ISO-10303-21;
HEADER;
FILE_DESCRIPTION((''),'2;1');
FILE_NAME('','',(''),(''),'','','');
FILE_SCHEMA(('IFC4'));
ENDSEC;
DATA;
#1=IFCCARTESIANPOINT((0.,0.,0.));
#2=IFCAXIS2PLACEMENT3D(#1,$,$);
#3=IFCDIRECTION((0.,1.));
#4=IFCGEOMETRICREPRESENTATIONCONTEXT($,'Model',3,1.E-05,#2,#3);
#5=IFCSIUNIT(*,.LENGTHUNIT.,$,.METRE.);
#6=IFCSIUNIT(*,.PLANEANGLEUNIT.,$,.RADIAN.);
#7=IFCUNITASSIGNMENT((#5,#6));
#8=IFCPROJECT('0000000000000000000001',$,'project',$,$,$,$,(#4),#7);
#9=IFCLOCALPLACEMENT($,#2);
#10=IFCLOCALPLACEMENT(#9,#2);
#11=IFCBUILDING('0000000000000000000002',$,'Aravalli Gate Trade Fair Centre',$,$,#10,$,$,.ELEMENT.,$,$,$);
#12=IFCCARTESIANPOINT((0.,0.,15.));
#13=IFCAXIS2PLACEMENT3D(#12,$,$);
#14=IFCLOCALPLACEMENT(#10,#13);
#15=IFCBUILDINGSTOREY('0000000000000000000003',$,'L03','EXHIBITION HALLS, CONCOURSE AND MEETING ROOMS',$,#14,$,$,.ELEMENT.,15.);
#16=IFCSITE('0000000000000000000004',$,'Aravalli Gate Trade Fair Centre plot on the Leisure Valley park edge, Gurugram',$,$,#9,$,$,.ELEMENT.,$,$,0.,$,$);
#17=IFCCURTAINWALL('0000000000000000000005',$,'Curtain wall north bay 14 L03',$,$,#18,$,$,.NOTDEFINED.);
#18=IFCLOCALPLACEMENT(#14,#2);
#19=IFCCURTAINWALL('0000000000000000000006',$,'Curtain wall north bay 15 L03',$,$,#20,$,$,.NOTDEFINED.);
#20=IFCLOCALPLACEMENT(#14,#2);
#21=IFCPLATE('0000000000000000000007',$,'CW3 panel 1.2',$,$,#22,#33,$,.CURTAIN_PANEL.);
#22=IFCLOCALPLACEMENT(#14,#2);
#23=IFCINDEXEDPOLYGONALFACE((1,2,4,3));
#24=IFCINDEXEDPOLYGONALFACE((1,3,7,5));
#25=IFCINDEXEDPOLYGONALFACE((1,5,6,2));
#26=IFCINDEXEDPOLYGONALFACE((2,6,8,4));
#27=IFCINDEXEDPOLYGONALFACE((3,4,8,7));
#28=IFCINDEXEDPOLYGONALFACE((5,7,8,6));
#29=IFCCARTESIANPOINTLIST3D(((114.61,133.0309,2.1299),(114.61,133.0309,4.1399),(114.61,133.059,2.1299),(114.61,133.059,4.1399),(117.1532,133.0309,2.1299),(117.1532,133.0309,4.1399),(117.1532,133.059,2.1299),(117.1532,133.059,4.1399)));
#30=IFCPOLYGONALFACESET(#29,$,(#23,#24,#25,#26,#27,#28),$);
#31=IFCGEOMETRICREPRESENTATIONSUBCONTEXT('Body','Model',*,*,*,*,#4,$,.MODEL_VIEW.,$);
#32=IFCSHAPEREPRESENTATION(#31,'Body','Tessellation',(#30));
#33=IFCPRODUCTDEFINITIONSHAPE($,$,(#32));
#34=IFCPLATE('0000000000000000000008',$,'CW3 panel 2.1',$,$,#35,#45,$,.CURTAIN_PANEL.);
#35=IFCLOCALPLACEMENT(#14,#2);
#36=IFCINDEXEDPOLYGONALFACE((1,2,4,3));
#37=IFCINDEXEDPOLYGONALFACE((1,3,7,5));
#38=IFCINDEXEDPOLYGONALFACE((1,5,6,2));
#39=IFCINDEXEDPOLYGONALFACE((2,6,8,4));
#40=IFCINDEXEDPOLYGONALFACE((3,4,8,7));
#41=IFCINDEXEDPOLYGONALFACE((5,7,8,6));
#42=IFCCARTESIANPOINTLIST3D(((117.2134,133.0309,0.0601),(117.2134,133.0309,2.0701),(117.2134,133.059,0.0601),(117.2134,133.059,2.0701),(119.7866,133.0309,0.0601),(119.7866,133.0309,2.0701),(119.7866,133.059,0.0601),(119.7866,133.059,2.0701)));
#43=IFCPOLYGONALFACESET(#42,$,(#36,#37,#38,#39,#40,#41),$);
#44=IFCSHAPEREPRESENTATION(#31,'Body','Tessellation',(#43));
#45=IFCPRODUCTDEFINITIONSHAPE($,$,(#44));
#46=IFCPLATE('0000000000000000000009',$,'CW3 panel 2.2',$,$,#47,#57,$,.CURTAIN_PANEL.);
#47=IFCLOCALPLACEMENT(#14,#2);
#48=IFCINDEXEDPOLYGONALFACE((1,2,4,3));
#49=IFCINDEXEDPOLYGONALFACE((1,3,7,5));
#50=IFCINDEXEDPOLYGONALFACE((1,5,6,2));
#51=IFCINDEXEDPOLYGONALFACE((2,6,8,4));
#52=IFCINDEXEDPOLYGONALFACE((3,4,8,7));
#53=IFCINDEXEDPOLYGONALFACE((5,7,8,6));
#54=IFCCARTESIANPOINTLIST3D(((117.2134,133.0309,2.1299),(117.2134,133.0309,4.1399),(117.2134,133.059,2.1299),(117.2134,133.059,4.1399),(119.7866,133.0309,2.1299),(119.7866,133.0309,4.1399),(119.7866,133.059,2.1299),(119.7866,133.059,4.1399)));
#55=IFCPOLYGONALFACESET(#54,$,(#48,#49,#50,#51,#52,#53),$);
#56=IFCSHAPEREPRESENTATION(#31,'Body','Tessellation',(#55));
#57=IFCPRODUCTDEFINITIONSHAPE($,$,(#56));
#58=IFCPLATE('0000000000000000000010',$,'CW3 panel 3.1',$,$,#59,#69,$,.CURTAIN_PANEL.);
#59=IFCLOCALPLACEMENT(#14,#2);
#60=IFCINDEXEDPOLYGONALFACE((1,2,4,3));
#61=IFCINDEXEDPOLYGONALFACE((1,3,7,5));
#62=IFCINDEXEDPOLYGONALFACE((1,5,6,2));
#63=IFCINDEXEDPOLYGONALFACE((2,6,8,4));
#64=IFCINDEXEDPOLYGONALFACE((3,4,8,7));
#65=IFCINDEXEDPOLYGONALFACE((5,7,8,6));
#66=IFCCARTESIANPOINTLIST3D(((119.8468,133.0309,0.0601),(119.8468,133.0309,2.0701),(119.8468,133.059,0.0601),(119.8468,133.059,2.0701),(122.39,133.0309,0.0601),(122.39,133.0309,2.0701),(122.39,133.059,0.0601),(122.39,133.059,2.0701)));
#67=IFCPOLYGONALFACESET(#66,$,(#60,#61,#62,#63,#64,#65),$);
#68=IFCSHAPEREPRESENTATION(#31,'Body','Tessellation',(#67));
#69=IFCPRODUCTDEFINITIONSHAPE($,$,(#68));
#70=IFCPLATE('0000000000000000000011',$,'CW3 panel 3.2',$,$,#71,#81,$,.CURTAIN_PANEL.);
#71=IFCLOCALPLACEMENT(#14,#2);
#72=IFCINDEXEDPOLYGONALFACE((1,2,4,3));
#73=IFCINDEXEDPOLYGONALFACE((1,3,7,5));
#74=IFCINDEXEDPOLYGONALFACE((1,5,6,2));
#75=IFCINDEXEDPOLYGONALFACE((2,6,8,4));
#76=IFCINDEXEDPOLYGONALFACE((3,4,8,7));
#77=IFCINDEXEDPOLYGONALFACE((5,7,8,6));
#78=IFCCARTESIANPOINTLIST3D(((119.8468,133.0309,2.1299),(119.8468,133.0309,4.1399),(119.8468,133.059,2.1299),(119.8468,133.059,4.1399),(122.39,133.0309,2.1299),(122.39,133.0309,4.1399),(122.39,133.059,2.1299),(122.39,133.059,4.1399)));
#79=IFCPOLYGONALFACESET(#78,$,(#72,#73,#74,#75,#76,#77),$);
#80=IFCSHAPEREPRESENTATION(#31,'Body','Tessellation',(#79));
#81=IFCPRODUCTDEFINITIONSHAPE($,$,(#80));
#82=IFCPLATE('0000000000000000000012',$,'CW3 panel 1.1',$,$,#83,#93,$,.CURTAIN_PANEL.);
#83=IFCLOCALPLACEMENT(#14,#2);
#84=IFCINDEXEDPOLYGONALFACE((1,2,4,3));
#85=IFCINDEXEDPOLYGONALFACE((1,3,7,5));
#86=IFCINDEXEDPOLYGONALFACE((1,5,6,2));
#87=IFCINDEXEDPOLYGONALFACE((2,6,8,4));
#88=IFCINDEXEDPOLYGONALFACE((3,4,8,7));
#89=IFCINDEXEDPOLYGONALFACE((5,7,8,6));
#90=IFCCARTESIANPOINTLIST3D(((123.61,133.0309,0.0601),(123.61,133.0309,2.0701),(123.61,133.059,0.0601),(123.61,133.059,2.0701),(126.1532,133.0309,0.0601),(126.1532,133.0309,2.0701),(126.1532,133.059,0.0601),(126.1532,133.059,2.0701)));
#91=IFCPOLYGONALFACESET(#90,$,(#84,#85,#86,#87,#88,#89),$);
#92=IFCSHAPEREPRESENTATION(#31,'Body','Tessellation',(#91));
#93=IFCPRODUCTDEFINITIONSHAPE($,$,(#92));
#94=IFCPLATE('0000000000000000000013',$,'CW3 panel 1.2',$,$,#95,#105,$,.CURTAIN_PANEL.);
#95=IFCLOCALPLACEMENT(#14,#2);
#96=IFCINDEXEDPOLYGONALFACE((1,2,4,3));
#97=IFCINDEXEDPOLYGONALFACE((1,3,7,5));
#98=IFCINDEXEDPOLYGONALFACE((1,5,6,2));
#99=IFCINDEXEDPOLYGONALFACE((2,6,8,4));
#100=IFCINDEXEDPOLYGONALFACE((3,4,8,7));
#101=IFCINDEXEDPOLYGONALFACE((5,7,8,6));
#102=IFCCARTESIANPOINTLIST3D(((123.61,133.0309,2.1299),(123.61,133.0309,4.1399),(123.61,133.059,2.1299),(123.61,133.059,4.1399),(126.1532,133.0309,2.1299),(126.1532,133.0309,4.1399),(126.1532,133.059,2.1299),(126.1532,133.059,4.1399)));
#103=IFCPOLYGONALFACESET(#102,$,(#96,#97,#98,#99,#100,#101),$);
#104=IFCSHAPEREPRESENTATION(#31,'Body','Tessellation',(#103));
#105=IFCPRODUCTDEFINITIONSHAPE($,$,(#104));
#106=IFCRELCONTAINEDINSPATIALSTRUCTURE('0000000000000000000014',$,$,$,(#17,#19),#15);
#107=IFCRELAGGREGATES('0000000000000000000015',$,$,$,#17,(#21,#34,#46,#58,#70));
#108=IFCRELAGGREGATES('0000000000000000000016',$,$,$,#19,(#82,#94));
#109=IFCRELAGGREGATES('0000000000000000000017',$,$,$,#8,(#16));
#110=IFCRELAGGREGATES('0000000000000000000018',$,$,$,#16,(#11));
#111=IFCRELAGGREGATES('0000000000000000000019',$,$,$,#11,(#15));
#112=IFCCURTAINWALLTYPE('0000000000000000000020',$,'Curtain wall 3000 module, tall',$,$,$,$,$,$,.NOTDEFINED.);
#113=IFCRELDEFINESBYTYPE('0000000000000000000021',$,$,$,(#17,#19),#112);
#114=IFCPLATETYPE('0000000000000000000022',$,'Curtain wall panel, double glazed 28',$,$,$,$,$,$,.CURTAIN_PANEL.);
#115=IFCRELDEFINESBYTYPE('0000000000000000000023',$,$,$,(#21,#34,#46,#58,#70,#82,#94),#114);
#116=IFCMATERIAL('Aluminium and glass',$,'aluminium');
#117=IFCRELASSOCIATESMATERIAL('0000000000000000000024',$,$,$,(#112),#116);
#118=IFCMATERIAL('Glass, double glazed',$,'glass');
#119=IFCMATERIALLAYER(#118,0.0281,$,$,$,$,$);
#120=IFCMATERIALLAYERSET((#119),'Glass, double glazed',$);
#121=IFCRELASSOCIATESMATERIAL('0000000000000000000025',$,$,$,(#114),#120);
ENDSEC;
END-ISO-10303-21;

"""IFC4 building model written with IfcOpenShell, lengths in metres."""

from ifc_helpers import new_model, si_unit, direction, frame, origin, origin_2d, place, context, subcontext, project, spatial, rectangle, extrude, material, layer, layer_set, type_object, element, aggregate, save


model = new_model("IFC4")

# Units and contexts
model_context = context("Model", 3, precision=1e-05, world=origin(), true_north=direction((0.0, 1.0)))
body_context = subcontext(model_context, "Body", "Model", "MODEL_VIEW")
ifc_project = project(units=[si_unit("LENGTHUNIT", "METRE"), si_unit("PLANEANGLEUNIT", "RADIAN")], contexts=[model_context])

# Site, building, storey
site_placement = place(None, origin())
site = spatial("IfcSite", under=ifc_project, at=site_placement, Name="Aravalli Gate Trade Fair Centre plot on the Leisure Valley park edge, Gurugram", CompositionType="ELEMENT", RefElevation=0.0)
building_placement = place(site_placement, origin())
building = spatial("IfcBuilding", under=site, at=building_placement, Name="Aravalli Gate Trade Fair Centre", CompositionType="ELEMENT")
storey_placement = place(building_placement, frame((0.0, 0.0, 15.0)))
storey = spatial("IfcBuildingStorey", under=building, at=storey_placement, Name="L03", Description="EXHIBITION HALLS, CONCOURSE AND MEETING ROOMS", CompositionType="ELEMENT", Elevation=15.0)

# Curtain wall
ifc_material_1 = material(Name="Aluminium and glass", Category="aluminium")
curtain_wall_type = type_object("IfcCurtainWallType", Name="Curtain wall 3000 module, tall", PredefinedType="NOTDEFINED", material=ifc_material_1)
curtain_wall_1_placement = place(storey_placement, origin())
curtain_wall_1 = element("IfcCurtainWall", 1, at=curtain_wall_1_placement, inside=storey, type_object=curtain_wall_type, Name="Curtain wall north bay 14 L03", PredefinedType="NOTDEFINED")

# Curtain wall
curtain_wall_2_placement = place(storey_placement, origin())
curtain_wall_2 = element("IfcCurtainWall", 2, at=curtain_wall_2_placement, inside=storey, type_object=curtain_wall_type, Name="Curtain wall north bay 15 L03", PredefinedType="NOTDEFINED")

# Plates
ifc_material_2 = material(Name="Glass, double glazed", Category="glass")
ifc_layer = layer(ifc_material_2, 0.0281)
ifc_layer_set = layer_set([ifc_layer], Name="Glass, double glazed")
plate_type = type_object("IfcPlateType", Name="Curtain wall panel, double glazed 28", PredefinedType="CURTAIN_PANEL", material=ifc_layer_set)
plate_1_placement = place(storey_placement, frame((115.8816, 133.0449, 2.1299), z_axis=(0.0, 0.0, 1.0), x_axis=(1.0, 0.0, 0.0)))
plate_1 = element("IfcPlate", 3, at=plate_1_placement, type_object=plate_type, Name="CW3 panel 1.2", PredefinedType="CURTAIN_PANEL", context=body_context, shape_type="SweptSolid", body=[
    extrude(rectangle(XDim=2.5432, YDim=0.0281, at=origin_2d()), origin(), (0.0, 0.0, 1.0), 2.01),
])
plate_2_placement = place(storey_placement, frame((118.5, 133.0449, 0.0601), z_axis=(0.0, 0.0, 1.0), x_axis=(1.0, 0.0, 0.0)))
plate_2 = element("IfcPlate", 4, at=plate_2_placement, type_object=plate_type, Name="CW3 panel 2.1", PredefinedType="CURTAIN_PANEL", context=body_context, shape_type="SweptSolid", body=[
    extrude(rectangle(XDim=2.5732, YDim=0.0281, at=origin_2d()), origin(), (0.0, 0.0, 1.0), 2.01),
])
plate_3_placement = place(storey_placement, frame((118.5, 133.0449, 2.1299), z_axis=(0.0, 0.0, 1.0), x_axis=(1.0, 0.0, 0.0)))
plate_3 = element("IfcPlate", 5, at=plate_3_placement, type_object=plate_type, Name="CW3 panel 2.2", PredefinedType="CURTAIN_PANEL", context=body_context, shape_type="SweptSolid", body=[
    extrude(rectangle(XDim=2.5732, YDim=0.0281, at=origin_2d()), origin(), (0.0, 0.0, 1.0), 2.01),
])
plate_4_placement = place(storey_placement, frame((121.1184, 133.0449, 0.0601), z_axis=(0.0, 0.0, 1.0), x_axis=(1.0, 0.0, 0.0)))
plate_4 = element("IfcPlate", 6, at=plate_4_placement, type_object=plate_type, Name="CW3 panel 3.1", PredefinedType="CURTAIN_PANEL", context=body_context, shape_type="SweptSolid", body=[
    extrude(rectangle(XDim=2.5432, YDim=0.0281, at=origin_2d()), origin(), (0.0, 0.0, 1.0), 2.01),
])
plate_5_placement = place(storey_placement, frame((121.1184, 133.0449, 2.1299), z_axis=(0.0, 0.0, 1.0), x_axis=(1.0, 0.0, 0.0)))
plate_5 = element("IfcPlate", 7, at=plate_5_placement, type_object=plate_type, Name="CW3 panel 3.2", PredefinedType="CURTAIN_PANEL", context=body_context, shape_type="SweptSolid", body=[
    extrude(rectangle(XDim=2.5432, YDim=0.0281, at=origin_2d()), origin(), (0.0, 0.0, 1.0), 2.01),
])
aggregate(curtain_wall_1, [plate_1, plate_2, plate_3, plate_4, plate_5])
plate_6_placement = place(storey_placement, frame((124.8816, 133.0449, 0.0601), z_axis=(0.0, 0.0, 1.0), x_axis=(1.0, 0.0, 0.0)))
plate_6 = element("IfcPlate", 8, at=plate_6_placement, type_object=plate_type, Name="CW3 panel 1.1", PredefinedType="CURTAIN_PANEL", context=body_context, shape_type="SweptSolid", body=[
    extrude(rectangle(XDim=2.5432, YDim=0.0281, at=origin_2d()), origin(), (0.0, 0.0, 1.0), 2.01),
])
plate_7_placement = place(storey_placement, frame((124.8816, 133.0449, 2.1299), z_axis=(0.0, 0.0, 1.0), x_axis=(1.0, 0.0, 0.0)))
plate_7 = element("IfcPlate", 9, at=plate_7_placement, type_object=plate_type, Name="CW3 panel 1.2", PredefinedType="CURTAIN_PANEL", context=body_context, shape_type="SweptSolid", body=[
    extrude(rectangle(XDim=2.5432, YDim=0.0281, at=origin_2d()), origin(), (0.0, 0.0, 1.0), 2.01),
])
aggregate(curtain_wall_2, [plate_6, plate_7])

save(model, "model.ifc")
